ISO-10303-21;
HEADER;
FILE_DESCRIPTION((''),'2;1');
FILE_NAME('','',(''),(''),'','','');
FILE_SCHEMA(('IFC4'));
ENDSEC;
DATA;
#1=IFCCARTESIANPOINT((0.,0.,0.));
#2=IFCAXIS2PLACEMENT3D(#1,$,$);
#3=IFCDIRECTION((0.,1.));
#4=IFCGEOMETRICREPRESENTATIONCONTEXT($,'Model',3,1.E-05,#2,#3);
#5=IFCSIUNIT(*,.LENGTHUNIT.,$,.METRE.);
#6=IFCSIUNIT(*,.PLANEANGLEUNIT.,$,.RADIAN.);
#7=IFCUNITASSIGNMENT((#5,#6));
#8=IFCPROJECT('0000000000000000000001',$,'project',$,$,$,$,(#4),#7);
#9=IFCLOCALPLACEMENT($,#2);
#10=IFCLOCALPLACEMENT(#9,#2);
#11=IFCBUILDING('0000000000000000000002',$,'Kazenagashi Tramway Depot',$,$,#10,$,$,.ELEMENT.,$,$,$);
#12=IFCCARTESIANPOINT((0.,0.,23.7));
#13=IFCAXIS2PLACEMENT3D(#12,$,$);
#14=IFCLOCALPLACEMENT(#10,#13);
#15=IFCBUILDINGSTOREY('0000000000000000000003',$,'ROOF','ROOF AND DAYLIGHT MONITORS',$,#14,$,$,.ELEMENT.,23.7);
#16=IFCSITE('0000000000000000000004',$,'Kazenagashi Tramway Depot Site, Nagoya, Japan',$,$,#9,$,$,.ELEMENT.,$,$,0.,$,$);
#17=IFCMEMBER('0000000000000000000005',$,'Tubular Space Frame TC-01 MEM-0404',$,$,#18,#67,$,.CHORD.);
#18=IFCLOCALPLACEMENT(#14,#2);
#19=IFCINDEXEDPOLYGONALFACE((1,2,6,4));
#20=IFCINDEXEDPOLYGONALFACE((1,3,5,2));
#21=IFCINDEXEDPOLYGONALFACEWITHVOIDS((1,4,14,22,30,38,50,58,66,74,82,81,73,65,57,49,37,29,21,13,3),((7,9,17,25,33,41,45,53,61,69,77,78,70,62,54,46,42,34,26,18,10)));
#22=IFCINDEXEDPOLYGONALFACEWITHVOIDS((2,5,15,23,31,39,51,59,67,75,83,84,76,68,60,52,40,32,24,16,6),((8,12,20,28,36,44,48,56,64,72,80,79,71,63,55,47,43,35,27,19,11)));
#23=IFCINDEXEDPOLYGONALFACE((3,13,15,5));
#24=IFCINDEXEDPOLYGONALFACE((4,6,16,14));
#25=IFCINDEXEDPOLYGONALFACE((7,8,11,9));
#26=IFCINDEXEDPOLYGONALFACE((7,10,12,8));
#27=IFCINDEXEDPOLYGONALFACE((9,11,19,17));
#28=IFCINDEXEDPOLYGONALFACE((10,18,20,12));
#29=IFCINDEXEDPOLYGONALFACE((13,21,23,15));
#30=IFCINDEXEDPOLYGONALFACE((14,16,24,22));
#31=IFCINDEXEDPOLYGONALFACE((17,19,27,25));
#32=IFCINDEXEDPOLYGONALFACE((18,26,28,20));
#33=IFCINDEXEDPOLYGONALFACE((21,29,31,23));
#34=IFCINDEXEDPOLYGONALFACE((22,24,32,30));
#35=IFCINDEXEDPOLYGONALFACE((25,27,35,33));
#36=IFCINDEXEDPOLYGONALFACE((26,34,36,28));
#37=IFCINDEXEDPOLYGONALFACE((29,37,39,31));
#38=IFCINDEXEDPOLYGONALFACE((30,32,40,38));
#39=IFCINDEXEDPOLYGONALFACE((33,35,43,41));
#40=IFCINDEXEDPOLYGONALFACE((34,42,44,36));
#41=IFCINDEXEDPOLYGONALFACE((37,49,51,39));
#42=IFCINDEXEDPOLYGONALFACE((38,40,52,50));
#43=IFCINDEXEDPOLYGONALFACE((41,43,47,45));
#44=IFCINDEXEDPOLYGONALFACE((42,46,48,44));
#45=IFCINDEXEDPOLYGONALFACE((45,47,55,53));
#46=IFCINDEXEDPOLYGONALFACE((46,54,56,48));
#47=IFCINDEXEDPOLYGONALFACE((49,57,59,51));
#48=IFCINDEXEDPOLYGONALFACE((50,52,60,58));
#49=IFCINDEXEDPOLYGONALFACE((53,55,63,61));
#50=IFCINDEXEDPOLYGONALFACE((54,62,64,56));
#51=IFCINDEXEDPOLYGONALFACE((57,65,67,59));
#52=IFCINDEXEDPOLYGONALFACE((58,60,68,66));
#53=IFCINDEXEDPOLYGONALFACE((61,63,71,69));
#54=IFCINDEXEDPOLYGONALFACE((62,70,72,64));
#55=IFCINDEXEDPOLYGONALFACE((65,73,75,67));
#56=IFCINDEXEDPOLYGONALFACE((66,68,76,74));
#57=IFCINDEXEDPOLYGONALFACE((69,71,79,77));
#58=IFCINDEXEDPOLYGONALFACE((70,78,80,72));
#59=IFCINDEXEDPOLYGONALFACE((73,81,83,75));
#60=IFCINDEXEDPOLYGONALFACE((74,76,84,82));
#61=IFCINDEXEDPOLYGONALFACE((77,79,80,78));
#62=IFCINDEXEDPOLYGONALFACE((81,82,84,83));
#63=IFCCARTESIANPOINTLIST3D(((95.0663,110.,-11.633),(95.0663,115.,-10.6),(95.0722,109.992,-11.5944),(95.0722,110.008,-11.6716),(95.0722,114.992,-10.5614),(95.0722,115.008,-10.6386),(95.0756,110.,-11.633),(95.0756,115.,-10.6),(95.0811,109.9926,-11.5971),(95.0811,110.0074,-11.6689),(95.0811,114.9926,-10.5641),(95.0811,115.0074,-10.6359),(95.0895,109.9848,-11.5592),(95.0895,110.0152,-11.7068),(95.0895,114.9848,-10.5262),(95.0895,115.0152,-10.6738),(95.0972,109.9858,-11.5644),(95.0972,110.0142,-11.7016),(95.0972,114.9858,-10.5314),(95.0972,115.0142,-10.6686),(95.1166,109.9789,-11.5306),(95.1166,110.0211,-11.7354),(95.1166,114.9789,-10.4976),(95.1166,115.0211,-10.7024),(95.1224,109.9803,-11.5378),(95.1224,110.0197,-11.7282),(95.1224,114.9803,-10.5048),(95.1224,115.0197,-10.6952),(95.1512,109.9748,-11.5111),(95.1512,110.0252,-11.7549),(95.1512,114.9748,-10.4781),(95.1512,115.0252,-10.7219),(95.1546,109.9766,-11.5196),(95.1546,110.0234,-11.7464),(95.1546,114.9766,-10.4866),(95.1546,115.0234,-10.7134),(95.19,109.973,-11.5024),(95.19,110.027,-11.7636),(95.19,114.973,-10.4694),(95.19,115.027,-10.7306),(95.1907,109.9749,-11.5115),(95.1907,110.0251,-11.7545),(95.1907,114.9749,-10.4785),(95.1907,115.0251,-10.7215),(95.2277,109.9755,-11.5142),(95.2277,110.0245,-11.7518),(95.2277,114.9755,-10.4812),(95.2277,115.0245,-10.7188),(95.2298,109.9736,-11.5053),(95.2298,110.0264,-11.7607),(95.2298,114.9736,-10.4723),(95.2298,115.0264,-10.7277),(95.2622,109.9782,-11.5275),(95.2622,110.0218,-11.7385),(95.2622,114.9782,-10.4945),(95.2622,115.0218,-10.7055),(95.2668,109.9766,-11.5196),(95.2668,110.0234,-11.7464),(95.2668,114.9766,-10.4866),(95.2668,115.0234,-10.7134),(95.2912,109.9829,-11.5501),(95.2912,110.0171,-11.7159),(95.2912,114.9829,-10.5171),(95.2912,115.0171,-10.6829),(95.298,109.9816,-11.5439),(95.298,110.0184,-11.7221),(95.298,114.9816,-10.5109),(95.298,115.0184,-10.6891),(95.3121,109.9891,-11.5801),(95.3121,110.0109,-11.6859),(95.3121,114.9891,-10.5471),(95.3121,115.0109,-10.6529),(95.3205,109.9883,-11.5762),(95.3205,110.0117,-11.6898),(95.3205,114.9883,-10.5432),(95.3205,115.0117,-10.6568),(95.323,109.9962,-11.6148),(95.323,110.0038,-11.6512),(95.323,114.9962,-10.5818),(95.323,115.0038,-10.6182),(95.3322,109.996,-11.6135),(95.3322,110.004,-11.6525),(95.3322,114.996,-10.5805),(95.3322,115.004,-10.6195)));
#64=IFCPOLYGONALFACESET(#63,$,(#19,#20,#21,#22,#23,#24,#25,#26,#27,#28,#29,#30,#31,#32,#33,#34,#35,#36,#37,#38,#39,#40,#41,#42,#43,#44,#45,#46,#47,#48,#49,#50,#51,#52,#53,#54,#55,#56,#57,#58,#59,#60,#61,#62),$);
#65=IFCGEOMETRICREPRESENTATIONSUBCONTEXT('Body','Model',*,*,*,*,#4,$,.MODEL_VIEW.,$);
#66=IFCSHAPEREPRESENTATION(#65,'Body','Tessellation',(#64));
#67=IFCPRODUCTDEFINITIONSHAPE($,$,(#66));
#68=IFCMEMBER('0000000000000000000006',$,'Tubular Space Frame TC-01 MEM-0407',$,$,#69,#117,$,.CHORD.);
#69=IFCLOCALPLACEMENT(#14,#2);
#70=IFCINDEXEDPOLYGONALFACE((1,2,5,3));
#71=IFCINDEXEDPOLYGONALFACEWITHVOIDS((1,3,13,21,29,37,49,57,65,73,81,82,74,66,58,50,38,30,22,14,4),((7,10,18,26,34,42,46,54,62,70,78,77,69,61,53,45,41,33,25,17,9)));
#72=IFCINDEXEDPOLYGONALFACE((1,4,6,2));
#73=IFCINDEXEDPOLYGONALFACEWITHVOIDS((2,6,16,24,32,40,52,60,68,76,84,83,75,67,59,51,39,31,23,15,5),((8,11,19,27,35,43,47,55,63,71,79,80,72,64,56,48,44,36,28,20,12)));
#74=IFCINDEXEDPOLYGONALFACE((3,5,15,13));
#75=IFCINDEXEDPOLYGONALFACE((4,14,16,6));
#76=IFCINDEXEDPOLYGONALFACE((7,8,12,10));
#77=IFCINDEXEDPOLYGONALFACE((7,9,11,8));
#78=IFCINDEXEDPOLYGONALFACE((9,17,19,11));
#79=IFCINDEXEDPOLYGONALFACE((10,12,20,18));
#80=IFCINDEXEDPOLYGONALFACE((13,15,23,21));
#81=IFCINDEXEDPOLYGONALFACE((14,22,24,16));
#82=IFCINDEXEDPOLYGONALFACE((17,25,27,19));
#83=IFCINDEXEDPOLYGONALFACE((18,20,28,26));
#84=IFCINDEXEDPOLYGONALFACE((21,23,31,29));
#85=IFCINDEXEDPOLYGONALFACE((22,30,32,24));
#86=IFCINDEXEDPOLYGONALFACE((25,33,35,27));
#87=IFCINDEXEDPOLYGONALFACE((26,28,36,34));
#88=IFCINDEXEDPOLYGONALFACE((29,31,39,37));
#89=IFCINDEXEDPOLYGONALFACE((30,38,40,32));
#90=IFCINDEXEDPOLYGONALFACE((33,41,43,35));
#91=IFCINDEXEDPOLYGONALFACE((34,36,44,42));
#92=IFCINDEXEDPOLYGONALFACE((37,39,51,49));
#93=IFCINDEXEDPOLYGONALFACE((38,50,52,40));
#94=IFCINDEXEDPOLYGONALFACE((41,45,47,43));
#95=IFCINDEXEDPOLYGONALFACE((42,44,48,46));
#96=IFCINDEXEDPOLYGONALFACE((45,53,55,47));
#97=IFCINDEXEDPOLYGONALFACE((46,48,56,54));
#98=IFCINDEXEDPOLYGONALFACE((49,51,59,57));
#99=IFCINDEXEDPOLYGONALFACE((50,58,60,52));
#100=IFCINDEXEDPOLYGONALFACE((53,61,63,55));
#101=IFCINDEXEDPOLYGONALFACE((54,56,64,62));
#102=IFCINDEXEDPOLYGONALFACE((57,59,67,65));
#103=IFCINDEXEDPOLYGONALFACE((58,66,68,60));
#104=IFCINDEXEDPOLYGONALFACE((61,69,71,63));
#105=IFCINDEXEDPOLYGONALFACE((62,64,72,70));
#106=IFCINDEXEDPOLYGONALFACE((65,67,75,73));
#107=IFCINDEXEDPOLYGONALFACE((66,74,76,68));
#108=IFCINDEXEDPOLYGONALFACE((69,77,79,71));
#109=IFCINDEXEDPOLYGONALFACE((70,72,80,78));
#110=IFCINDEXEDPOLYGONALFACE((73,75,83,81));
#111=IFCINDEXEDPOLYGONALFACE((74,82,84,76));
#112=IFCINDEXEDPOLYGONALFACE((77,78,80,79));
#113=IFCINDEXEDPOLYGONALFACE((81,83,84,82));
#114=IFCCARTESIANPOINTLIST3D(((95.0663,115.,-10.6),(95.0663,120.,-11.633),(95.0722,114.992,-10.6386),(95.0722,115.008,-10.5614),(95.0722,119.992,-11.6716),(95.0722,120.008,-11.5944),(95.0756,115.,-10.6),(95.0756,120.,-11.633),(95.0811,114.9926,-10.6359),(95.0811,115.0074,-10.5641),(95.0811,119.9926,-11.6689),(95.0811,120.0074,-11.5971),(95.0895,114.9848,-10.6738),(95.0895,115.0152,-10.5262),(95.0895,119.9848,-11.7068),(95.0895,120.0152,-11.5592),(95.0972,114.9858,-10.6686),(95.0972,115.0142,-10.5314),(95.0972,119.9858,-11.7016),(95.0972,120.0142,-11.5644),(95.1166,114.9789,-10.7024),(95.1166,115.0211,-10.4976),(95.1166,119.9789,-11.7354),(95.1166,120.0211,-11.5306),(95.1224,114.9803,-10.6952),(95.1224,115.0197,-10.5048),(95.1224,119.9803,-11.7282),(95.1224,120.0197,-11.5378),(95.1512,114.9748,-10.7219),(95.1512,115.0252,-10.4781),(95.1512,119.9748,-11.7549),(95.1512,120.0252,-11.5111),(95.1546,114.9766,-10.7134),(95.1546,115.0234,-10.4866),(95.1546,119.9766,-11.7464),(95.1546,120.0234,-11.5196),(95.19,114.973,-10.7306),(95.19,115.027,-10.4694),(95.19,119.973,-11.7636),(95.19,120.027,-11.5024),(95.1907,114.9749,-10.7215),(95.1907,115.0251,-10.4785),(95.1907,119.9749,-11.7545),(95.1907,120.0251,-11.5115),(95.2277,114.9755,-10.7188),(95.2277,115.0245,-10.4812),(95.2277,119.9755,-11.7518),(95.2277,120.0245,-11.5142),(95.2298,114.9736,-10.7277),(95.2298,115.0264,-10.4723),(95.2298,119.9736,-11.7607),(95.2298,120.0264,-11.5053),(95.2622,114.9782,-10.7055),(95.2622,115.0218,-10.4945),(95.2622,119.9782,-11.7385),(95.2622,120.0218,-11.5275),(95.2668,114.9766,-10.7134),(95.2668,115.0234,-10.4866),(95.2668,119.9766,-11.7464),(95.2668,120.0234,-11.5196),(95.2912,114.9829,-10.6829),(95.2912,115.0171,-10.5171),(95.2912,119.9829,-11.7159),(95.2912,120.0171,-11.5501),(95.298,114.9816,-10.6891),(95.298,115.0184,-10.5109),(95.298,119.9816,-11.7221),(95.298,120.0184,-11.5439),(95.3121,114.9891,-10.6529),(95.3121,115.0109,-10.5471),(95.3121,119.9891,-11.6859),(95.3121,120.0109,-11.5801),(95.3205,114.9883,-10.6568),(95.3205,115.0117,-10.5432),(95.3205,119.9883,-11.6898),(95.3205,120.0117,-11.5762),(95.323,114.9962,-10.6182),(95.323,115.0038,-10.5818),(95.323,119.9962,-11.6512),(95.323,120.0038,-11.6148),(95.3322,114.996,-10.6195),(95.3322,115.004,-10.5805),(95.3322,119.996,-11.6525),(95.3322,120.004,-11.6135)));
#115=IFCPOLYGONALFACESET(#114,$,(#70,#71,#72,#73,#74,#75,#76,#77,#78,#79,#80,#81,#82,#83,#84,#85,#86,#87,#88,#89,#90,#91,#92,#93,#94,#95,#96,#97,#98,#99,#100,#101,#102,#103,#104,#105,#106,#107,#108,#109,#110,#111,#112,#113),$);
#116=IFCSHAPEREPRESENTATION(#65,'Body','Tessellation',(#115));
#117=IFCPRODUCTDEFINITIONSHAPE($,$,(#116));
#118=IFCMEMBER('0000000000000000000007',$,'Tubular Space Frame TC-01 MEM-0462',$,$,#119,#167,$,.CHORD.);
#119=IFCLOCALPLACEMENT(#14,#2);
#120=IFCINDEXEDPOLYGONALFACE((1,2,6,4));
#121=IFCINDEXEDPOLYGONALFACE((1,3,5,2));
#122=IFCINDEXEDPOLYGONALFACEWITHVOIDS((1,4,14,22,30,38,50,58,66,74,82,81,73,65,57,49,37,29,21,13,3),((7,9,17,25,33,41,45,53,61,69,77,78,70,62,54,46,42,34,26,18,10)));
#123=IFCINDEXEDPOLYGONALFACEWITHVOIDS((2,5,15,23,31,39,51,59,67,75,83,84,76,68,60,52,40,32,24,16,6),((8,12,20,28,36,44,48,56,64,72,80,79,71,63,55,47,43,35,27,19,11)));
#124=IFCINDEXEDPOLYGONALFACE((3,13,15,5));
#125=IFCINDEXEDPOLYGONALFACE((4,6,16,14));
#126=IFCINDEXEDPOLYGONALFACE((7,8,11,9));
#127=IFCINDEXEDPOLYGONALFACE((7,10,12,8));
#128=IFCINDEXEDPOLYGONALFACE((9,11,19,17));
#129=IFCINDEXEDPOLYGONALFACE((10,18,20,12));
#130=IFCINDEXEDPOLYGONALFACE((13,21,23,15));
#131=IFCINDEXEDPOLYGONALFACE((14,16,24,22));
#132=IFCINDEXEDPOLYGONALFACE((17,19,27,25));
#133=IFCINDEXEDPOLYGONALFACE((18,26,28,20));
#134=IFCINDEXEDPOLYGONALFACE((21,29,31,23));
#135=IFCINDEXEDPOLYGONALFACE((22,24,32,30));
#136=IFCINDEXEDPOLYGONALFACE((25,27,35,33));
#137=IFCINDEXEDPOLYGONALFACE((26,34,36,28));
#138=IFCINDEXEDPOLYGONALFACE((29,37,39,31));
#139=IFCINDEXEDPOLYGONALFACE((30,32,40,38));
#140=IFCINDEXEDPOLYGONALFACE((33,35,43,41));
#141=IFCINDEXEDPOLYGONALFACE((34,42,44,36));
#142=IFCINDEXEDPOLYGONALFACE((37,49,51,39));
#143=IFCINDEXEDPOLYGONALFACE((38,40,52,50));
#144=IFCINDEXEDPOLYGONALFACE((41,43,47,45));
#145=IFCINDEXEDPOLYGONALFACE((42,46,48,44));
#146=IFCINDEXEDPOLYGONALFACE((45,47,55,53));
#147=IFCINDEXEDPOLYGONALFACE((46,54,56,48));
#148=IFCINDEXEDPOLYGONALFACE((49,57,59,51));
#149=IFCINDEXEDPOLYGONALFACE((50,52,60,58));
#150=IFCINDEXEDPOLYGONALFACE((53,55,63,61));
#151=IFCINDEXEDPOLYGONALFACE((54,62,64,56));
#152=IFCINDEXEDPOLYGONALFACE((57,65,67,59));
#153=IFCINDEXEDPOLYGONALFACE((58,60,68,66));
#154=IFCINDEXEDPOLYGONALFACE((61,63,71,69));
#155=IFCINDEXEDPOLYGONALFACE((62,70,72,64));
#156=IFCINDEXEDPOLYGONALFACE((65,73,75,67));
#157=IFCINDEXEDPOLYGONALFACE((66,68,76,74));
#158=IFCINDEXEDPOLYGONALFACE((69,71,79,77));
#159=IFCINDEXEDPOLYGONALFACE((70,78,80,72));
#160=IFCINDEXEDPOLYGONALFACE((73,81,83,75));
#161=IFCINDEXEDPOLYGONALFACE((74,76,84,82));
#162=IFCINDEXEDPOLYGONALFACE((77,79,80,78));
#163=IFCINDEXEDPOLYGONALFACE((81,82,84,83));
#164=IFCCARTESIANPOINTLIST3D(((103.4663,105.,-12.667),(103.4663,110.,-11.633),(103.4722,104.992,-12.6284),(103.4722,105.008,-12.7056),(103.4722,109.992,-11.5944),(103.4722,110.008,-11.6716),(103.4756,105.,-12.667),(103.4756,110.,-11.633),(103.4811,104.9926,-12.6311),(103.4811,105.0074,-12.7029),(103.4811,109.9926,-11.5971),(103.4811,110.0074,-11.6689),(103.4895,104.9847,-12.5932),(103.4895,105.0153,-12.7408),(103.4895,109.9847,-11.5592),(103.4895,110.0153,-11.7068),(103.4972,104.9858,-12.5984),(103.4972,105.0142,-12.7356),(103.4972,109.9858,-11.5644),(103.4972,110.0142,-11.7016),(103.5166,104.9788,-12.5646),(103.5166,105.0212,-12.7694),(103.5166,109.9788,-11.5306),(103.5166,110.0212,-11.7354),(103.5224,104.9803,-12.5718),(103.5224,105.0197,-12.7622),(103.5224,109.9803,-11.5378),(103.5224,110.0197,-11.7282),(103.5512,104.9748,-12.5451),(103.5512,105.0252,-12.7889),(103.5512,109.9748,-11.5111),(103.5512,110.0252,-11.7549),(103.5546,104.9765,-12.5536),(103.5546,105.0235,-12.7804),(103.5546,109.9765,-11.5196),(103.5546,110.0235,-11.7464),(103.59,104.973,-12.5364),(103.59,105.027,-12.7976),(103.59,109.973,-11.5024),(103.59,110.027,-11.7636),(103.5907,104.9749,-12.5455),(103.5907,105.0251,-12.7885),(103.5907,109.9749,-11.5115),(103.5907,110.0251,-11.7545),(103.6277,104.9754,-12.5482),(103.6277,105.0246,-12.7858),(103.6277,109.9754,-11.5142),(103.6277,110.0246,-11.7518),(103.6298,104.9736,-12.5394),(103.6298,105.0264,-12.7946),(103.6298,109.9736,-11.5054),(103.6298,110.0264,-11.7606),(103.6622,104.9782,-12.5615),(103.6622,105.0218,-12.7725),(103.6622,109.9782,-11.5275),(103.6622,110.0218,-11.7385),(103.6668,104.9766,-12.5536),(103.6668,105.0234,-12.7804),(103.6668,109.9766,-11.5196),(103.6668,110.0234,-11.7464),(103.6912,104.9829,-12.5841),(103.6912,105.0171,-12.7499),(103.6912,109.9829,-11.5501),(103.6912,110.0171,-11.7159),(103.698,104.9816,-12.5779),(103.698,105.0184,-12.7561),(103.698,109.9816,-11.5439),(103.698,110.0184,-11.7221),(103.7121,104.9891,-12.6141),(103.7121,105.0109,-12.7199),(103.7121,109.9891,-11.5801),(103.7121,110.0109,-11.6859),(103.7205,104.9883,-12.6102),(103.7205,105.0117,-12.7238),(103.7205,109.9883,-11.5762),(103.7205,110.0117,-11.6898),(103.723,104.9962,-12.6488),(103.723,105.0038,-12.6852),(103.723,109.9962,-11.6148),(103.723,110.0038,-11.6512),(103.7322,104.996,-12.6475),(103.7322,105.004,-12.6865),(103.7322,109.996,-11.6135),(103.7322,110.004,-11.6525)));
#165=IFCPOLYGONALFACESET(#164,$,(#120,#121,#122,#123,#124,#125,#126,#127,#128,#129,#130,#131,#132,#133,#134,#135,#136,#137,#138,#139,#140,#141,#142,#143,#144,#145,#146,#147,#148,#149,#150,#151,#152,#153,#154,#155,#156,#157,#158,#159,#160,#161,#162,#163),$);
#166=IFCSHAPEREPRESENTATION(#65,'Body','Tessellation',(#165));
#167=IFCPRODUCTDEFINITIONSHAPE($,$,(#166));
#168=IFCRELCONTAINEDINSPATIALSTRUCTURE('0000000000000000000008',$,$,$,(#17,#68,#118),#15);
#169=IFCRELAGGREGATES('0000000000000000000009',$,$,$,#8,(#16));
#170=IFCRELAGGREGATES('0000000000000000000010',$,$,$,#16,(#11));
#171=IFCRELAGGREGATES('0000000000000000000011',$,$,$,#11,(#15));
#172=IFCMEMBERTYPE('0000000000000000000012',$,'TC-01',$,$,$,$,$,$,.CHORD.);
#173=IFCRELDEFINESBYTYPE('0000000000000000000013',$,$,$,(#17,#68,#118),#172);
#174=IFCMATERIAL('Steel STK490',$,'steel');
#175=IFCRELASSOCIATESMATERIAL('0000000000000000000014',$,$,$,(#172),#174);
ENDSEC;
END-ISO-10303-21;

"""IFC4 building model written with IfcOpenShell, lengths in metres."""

from ifc_helpers import new_model, si_unit, direction, frame, origin, origin_2d, place, context, subcontext, project, spatial, hollow_circle, extrude, material, material_profile, profile_set, type_object, element, save


model = new_model("IFC4")

# Units and contexts
model_context = context("Model", 3, precision=1e-05, world=origin(), true_north=direction((0.0, 1.0)))
body_context = subcontext(model_context, "Body", "Model", "MODEL_VIEW")
ifc_project = project(units=[si_unit("LENGTHUNIT", "METRE"), si_unit("PLANEANGLEUNIT", "RADIAN")], contexts=[model_context])

# Site, building, storey
site_placement = place(None, origin())
site = spatial("IfcSite", under=ifc_project, at=site_placement, Name="Kazenagashi Tramway Depot Site, Nagoya, Japan", CompositionType="ELEMENT", RefElevation=0.0)
building_placement = place(site_placement, origin())
building = spatial("IfcBuilding", under=site, at=building_placement, Name="Kazenagashi Tramway Depot", CompositionType="ELEMENT")
storey_placement = place(building_placement, frame((0.0, 0.0, 23.7)))
storey = spatial("IfcBuildingStorey", under=building, at=storey_placement, Name="ROOF", Description="ROOF AND DAYLIGHT MONITORS", CompositionType="ELEMENT", Elevation=23.7)

# Members
ifc_material_1 = material(Name="Steel STK490", Category="steel")
ifc_material_profile_1 = material_profile(ifc_material_1, hollow_circle(Radius=0.1337, WallThickness=0.0093, at=origin_2d()), Name="CHS-267.4x9.3")
ifc_profile_set_1 = profile_set([ifc_material_profile_1], Name="Steel STK490")
member_type_1 = type_object("IfcMemberType", Name="TC-01", PredefinedType="CHORD", material=ifc_profile_set_1)
for number, where, z_axis, x_axis, name in (
    (1, (95.2, 110.0, -11.633), (0.0, 0.979318, 0.202327), (-1.0, 0.0, 0.0), "Tubular Space Frame TC-01 MEM-0404"),
    (2, (95.2, 115.0, -10.6), (0.0, 0.979318, -0.202327), (-1.0, 0.0, 0.0), "Tubular Space Frame TC-01 MEM-0407"),
):
    element("IfcMember", number, at=place(storey_placement, frame(where, z_axis=z_axis, x_axis=x_axis)), inside=storey, type_object=member_type_1, Name=name, PredefinedType="CHORD", context=body_context, shape_type="SweptSolid", body=[
        extrude(hollow_circle(Radius=0.1337, WallThickness=0.0093, at=origin_2d()), origin(), (0.0, 0.0, 1.0), 5.1056),
    ])
member_1_placement = place(storey_placement, frame((103.6, 105.0, -12.667), z_axis=(0.0, 0.979279, 0.202515), x_axis=(-1.0, 0.0, 0.0)))
element("IfcMember", 3, at=member_1_placement, inside=storey, type_object=member_type_1, Name="Tubular Space Frame TC-01 MEM-0462", PredefinedType="CHORD", context=body_context, shape_type="SweptSolid", body=[
    extrude(hollow_circle(Radius=0.1337, WallThickness=0.0093, at=origin_2d()), origin(), (0.0, 0.0, 1.0), 5.1058),
])

save(model, "model.ifc")
